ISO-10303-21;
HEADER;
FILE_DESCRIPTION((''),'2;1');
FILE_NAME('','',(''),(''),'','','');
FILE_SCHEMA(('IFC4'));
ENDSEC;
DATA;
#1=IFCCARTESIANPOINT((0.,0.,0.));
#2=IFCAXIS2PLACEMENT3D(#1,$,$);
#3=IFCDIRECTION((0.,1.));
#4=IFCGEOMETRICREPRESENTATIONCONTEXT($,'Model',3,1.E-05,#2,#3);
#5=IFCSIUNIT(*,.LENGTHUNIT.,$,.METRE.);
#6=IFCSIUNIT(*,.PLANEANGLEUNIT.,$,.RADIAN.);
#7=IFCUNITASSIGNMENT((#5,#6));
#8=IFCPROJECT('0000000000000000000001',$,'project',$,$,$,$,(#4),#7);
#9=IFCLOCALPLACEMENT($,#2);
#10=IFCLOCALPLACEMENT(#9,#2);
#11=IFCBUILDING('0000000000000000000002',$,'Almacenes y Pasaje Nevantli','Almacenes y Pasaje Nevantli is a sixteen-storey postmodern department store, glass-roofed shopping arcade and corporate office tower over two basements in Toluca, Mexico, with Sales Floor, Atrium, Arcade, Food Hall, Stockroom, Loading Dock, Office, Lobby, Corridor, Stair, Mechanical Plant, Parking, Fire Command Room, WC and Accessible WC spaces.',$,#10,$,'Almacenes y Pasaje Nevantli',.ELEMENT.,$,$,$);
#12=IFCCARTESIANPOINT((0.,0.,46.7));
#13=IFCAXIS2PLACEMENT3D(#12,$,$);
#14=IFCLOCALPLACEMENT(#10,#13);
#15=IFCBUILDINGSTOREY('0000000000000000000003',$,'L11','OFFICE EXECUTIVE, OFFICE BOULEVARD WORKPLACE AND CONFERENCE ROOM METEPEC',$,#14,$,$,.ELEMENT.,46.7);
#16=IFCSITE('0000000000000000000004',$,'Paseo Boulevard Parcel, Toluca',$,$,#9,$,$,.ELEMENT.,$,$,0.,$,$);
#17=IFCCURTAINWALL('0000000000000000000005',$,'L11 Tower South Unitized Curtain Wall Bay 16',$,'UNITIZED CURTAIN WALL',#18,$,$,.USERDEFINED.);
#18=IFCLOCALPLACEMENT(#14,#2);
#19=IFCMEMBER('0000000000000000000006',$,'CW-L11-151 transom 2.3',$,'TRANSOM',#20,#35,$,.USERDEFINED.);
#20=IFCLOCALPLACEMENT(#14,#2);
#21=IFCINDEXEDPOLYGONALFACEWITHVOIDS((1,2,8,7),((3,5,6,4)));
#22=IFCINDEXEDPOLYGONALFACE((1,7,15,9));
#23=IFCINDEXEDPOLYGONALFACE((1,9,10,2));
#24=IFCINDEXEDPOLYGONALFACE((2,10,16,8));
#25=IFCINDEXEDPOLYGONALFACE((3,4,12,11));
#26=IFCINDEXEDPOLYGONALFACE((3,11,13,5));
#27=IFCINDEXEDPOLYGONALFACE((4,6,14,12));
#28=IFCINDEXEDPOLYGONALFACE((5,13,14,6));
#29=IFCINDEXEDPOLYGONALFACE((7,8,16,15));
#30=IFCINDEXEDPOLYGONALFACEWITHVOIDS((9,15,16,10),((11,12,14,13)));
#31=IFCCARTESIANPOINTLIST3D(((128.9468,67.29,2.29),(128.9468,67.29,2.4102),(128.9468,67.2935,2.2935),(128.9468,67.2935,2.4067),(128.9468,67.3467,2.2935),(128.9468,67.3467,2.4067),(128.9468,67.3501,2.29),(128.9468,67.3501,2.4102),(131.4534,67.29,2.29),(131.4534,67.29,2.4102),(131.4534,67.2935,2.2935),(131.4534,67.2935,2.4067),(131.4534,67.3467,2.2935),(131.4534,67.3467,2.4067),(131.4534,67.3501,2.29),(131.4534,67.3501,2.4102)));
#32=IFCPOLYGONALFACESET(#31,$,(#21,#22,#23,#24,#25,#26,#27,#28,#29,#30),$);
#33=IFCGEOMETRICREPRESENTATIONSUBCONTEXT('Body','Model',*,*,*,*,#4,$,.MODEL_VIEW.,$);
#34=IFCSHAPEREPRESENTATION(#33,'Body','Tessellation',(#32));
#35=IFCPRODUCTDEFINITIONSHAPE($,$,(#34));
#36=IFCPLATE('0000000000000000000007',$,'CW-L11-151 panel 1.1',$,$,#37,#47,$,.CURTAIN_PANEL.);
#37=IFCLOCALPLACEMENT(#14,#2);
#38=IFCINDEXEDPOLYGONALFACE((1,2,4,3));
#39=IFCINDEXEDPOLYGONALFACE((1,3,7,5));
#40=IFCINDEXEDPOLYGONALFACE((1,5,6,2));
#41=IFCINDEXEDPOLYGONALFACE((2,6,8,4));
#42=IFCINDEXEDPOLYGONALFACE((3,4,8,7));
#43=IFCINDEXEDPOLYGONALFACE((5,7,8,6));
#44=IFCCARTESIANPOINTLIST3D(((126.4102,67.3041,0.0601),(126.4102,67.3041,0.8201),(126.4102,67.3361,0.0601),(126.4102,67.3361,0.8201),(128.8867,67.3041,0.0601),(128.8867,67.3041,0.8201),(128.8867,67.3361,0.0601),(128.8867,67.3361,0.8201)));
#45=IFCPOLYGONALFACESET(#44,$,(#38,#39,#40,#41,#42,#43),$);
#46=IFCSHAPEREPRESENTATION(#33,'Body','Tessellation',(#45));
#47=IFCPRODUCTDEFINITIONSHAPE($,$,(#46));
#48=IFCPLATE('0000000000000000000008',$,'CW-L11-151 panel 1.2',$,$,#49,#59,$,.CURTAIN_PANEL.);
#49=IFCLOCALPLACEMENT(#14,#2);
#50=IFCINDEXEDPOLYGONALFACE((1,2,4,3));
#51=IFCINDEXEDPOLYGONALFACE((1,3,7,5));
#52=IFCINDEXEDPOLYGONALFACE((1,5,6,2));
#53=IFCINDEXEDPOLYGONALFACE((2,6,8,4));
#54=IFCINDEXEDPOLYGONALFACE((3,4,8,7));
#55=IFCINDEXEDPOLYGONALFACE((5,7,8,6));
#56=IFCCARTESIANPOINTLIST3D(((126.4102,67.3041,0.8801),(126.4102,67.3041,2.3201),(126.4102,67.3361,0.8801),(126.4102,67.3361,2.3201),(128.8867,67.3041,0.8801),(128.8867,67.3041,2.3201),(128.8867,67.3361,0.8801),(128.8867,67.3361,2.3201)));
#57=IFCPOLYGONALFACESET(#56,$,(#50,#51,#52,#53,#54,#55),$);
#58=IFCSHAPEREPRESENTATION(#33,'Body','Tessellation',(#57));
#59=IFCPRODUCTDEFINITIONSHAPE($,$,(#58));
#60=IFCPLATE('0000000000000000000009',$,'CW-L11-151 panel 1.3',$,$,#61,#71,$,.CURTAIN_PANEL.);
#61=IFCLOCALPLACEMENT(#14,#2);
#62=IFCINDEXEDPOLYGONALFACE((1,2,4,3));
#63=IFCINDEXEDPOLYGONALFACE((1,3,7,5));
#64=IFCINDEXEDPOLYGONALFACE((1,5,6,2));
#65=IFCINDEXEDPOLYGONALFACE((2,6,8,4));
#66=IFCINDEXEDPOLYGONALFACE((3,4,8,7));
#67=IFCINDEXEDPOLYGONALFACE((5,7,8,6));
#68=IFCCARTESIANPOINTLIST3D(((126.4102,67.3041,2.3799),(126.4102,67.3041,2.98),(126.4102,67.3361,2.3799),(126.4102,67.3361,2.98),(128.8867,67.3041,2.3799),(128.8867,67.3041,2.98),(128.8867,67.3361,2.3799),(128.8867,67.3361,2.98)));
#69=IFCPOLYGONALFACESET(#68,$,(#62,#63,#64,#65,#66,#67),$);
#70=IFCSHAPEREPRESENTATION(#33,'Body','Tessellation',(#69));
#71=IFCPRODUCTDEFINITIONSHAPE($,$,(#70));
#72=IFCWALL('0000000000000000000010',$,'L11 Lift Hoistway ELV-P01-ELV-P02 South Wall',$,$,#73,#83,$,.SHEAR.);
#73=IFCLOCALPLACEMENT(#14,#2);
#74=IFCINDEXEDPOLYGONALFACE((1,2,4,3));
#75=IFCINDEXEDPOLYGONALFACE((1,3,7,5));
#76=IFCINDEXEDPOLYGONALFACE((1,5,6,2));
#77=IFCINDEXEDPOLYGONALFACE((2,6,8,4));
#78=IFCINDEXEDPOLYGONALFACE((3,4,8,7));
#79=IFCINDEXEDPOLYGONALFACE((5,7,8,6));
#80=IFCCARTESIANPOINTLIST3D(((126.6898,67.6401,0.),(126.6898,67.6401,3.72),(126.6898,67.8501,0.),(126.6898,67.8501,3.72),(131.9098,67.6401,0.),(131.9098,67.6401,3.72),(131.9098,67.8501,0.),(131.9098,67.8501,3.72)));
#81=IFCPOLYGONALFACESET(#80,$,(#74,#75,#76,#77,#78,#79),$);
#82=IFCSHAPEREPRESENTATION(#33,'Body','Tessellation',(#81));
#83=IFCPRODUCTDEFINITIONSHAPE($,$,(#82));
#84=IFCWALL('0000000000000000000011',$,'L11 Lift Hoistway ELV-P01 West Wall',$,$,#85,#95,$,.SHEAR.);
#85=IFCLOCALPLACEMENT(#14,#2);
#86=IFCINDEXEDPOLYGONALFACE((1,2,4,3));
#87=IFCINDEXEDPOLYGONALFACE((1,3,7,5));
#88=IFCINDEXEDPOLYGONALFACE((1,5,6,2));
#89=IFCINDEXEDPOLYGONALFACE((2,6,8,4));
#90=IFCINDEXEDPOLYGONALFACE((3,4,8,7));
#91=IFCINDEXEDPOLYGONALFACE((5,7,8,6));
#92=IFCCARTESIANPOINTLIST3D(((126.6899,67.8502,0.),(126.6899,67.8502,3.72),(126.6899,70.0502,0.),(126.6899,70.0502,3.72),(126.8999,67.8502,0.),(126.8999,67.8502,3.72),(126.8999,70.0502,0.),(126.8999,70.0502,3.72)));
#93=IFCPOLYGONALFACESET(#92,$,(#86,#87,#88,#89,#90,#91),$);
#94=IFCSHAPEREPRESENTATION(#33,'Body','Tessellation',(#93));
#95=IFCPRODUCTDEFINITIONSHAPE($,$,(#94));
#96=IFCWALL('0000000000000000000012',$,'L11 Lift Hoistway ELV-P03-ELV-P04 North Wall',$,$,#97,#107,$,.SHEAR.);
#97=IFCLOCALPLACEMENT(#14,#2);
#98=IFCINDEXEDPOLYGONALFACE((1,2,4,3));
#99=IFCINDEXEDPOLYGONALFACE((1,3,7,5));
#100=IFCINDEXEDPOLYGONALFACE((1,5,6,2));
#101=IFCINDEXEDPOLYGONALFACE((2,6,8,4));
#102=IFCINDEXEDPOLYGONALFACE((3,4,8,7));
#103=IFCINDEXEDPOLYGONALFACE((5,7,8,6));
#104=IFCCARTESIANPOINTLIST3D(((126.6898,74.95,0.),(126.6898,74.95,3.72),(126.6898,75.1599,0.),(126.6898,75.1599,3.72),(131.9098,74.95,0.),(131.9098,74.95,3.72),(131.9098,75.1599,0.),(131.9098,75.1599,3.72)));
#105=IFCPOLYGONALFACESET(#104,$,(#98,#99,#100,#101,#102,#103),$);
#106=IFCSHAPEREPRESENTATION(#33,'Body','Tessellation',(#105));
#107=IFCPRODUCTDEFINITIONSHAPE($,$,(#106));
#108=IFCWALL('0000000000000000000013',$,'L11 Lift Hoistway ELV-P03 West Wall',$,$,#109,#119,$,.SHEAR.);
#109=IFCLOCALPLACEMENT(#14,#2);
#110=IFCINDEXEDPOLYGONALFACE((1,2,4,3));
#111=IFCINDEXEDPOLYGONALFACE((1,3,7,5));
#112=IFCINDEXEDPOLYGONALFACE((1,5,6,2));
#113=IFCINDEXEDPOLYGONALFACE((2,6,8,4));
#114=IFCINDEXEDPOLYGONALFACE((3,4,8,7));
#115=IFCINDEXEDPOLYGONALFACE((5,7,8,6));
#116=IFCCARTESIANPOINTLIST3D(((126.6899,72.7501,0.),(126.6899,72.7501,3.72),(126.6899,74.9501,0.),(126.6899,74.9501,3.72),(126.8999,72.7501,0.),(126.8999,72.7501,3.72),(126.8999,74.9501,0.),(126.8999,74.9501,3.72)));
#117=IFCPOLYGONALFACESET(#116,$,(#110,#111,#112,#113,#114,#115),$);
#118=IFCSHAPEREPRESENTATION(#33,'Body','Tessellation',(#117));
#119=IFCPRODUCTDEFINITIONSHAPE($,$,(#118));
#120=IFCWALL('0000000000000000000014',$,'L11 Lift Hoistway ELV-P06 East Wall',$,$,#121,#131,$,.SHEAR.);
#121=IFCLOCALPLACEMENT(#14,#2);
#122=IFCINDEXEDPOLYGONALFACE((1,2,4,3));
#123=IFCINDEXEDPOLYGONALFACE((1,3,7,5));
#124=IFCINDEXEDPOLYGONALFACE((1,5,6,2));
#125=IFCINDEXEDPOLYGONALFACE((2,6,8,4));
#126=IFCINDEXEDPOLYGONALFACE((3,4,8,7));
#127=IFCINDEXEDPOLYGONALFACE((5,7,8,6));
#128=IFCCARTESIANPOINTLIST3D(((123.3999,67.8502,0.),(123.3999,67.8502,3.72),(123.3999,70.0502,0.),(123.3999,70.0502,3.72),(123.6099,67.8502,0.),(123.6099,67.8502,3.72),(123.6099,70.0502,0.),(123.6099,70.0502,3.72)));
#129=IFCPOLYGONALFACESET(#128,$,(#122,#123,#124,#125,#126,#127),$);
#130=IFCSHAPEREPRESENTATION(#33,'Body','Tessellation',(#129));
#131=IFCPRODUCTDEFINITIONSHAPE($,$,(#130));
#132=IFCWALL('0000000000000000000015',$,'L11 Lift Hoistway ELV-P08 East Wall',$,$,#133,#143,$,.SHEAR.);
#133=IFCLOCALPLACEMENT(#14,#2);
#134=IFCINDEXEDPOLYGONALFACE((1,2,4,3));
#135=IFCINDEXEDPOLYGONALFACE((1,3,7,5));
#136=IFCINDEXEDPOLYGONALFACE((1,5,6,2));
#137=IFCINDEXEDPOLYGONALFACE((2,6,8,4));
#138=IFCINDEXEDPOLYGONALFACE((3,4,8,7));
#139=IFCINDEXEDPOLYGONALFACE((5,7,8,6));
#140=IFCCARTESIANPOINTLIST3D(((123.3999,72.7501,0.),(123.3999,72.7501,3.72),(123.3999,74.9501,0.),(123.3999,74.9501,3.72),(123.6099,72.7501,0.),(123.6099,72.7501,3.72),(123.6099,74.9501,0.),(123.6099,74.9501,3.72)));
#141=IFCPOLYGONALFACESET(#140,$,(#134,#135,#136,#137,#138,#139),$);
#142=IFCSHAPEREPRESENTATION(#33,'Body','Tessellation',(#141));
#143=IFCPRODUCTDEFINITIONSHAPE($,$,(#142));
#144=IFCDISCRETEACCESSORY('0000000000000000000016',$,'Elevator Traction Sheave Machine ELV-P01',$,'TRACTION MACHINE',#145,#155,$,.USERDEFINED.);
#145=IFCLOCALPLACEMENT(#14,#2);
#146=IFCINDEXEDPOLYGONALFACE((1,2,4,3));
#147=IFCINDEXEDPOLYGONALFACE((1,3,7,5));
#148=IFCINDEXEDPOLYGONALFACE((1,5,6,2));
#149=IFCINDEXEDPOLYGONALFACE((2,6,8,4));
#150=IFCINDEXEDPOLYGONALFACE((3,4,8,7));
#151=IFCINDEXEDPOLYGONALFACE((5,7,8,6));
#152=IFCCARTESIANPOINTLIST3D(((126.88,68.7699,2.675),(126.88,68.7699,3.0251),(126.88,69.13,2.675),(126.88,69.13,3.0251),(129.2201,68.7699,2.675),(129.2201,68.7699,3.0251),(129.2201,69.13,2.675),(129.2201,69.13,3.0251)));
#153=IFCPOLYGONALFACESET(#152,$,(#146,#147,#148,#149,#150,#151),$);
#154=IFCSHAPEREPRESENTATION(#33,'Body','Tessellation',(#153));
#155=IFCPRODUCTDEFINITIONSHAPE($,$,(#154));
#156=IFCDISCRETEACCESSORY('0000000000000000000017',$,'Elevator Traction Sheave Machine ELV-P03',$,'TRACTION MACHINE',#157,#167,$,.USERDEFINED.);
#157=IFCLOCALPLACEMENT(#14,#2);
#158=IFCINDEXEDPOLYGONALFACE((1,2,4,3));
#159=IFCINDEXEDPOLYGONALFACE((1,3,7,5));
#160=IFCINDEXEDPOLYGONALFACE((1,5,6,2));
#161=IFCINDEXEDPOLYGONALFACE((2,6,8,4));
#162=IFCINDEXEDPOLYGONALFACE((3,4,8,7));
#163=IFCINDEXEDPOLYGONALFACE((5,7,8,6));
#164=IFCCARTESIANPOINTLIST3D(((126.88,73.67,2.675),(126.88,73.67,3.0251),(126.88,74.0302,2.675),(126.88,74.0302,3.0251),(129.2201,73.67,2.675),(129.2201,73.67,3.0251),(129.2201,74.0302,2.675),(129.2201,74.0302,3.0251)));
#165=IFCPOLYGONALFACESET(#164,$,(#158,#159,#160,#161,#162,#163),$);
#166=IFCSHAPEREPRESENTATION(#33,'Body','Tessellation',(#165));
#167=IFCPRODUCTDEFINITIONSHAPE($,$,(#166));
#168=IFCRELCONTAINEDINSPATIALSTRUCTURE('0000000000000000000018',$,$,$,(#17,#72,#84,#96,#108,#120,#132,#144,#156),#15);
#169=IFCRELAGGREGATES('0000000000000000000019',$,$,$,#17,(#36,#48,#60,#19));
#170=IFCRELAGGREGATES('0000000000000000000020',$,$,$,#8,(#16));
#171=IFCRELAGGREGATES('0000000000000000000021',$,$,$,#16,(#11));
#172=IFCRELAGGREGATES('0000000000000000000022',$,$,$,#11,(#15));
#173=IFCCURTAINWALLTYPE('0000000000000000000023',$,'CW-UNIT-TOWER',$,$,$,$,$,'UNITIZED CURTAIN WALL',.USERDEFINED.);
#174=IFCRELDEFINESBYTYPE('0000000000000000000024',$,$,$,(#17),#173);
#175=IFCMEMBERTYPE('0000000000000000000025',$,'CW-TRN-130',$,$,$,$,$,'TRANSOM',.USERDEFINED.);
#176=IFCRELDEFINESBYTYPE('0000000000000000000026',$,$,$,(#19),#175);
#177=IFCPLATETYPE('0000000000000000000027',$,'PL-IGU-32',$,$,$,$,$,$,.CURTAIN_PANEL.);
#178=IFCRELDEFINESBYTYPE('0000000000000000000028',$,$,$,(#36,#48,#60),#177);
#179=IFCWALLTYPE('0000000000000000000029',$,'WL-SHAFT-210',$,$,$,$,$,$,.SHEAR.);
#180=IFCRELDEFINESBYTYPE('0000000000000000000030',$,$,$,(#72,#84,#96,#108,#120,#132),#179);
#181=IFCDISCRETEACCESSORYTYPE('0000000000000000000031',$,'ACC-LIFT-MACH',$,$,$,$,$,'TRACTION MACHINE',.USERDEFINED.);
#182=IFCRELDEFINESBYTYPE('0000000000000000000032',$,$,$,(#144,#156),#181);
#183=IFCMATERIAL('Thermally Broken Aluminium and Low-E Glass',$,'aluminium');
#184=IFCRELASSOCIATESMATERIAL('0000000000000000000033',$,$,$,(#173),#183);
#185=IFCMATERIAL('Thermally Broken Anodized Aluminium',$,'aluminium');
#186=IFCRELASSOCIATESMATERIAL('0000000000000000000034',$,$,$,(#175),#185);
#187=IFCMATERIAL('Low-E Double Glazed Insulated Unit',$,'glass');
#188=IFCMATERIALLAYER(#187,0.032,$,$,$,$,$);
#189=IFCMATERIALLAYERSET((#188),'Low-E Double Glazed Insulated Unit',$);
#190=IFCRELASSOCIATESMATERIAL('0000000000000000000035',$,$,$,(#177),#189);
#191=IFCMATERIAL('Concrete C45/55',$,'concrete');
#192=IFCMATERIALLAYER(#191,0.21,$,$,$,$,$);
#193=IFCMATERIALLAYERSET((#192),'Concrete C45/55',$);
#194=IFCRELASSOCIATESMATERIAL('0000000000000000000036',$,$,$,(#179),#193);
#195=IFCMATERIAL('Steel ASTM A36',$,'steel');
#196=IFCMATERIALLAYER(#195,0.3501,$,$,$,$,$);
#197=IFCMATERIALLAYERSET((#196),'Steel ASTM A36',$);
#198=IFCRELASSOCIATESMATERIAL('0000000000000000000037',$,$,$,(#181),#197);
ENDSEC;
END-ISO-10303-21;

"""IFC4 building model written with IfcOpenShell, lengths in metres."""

from ifc_helpers import new_model, si_unit, direction, frame, frame_2d, origin, origin_2d, place, context, subcontext, project, spatial, rectangle, hollow_rectangle, extrude, material, layer, layer_set, material_profile, profile_set, type_object, element, aggregate, save


model = new_model("IFC4")

# Units and contexts
model_context = context("Model", 3, precision=1e-05, world=origin(), true_north=direction((0.0, 1.0)))
body_context = subcontext(model_context, "Body", "Model", "MODEL_VIEW")
ifc_project = project(units=[si_unit("LENGTHUNIT", "METRE"), si_unit("PLANEANGLEUNIT", "RADIAN")], contexts=[model_context])

# Site, building, storey
site_placement = place(None, origin())
site = spatial("IfcSite", under=ifc_project, at=site_placement, Name="Paseo Boulevard Parcel, Toluca", CompositionType="ELEMENT", RefElevation=0.0)
building_placement = place(site_placement, origin())
building = spatial("IfcBuilding", under=site, at=building_placement, Name="Almacenes y Pasaje Nevantli", Description="Almacenes y Pasaje Nevantli is a sixteen-storey postmodern department store, glass-roofed shopping arcade and corporate office tower over two basements in Toluca, Mexico, with Sales Floor, Atrium, Arcade, Food Hall, Stockroom, Loading Dock, Office, Lobby, Corridor, Stair, Mechanical Plant, Parking, Fire Command Room, WC and Accessible WC spaces.", LongName="Almacenes y Pasaje Nevantli", CompositionType="ELEMENT")
storey_placement = place(building_placement, frame((0.0, 0.0, 46.7)))
storey = spatial("IfcBuildingStorey", under=building, at=storey_placement, Name="L11", Description="OFFICE EXECUTIVE, OFFICE BOULEVARD WORKPLACE AND CONFERENCE ROOM METEPEC", CompositionType="ELEMENT", Elevation=46.7)

# Curtain wall, member, plates
ifc_material_1 = material(Name="Thermally Broken Aluminium and Low-E Glass", Category="aluminium")
curtain_wall_type = type_object("IfcCurtainWallType", Name="CW-UNIT-TOWER", ElementType="UNITIZED CURTAIN WALL", PredefinedType="USERDEFINED", material=ifc_material_1)
curtain_wall_placement = place(storey_placement, origin())
curtain_wall = element("IfcCurtainWall", 1, at=curtain_wall_placement, inside=storey, type_object=curtain_wall_type, Name="L11 Tower South Unitized Curtain Wall Bay 16", ObjectType="UNITIZED CURTAIN WALL", PredefinedType="USERDEFINED")
ifc_material_2 = material(Name="Thermally Broken Anodized Aluminium", Category="aluminium")
ifc_material_profile_1 = material_profile(ifc_material_2, hollow_rectangle(XDim=0.0601, YDim=0.1201, WallThickness=0.0034, at=origin_2d()), Name="ALU-TRN-60x120")
ifc_profile_set_1 = profile_set([ifc_material_profile_1], Name="Thermally Broken Anodized Aluminium")
member_type_1 = type_object("IfcMemberType", Name="CW-TRN-130", ElementType="TRANSOM", PredefinedType="USERDEFINED", material=ifc_profile_set_1)
member_1_placement = place(storey_placement, frame((128.9468, 67.3201, 2.3501), z_axis=(1.0, 0.0, 0.0), x_axis=(0.0, 1.0, 0.0)))
member_1 = element("IfcMember", 2, at=member_1_placement, type_object=member_type_1, Name="CW-L11-151 transom 2.3", ObjectType="TRANSOM", PredefinedType="USERDEFINED", context=body_context, shape_type="SweptSolid", body=[
    extrude(hollow_rectangle(XDim=0.0601, YDim=0.1201, WallThickness=0.0034, at=origin_2d()), origin(), (0.0, 0.0, 1.0), 2.5066),
])
ifc_material_3 = material(Name="Low-E Double Glazed Insulated Unit", Category="glass")
ifc_layer_1 = layer(ifc_material_3, 0.032)
ifc_layer_set_1 = layer_set([ifc_layer_1], Name="Low-E Double Glazed Insulated Unit")
plate_type = type_object("IfcPlateType", Name="PL-IGU-32", PredefinedType="CURTAIN_PANEL", material=ifc_layer_set_1)
plate_1_placement = place(storey_placement, frame((127.6484, 67.3201, 0.0601), z_axis=(0.0, 0.0, 1.0), x_axis=(1.0, 0.0, 0.0)))
plate_1 = element("IfcPlate", 3, at=plate_1_placement, type_object=plate_type, Name="CW-L11-151 panel 1.1", PredefinedType="CURTAIN_PANEL", context=body_context, shape_type="SweptSolid", body=[
    extrude(rectangle(XDim=2.4766, YDim=0.032, at=origin_2d()), origin(), (0.0, 0.0, 1.0), 0.76),
])
plate_2_placement = place(storey_placement, frame((127.6484, 67.3201, 0.8801), z_axis=(0.0, 0.0, 1.0), x_axis=(1.0, 0.0, 0.0)))
plate_2 = element("IfcPlate", 4, at=plate_2_placement, type_object=plate_type, Name="CW-L11-151 panel 1.2", PredefinedType="CURTAIN_PANEL", context=body_context, shape_type="SweptSolid", body=[
    extrude(rectangle(XDim=2.4766, YDim=0.032, at=origin_2d()), origin(), (0.0, 0.0, 1.0), 1.4399),
])
plate_3_placement = place(storey_placement, frame((127.6484, 67.3201, 2.3799), z_axis=(0.0, 0.0, 1.0), x_axis=(1.0, 0.0, 0.0)))
plate_3 = element("IfcPlate", 5, at=plate_3_placement, type_object=plate_type, Name="CW-L11-151 panel 1.3", PredefinedType="CURTAIN_PANEL", context=body_context, shape_type="SweptSolid", body=[
    extrude(rectangle(XDim=2.4766, YDim=0.032, at=origin_2d()), origin(), (0.0, 0.0, 1.0), 0.6001),
])
aggregate(curtain_wall, [plate_1, plate_2, plate_3, member_1])

# Wall
ifc_material_4 = material(Name="Concrete C45/55", Category="concrete")
ifc_layer_2 = layer(ifc_material_4, 0.21)
ifc_layer_set_2 = layer_set([ifc_layer_2], Name="Concrete C45/55")
wall_type = type_object("IfcWallType", Name="WL-SHAFT-210", PredefinedType="SHEAR", material=ifc_layer_set_2)
wall_1_placement = place(storey_placement, frame((126.6899, 67.7451, 0.0), z_axis=(0.0, 0.0, 1.0), x_axis=(1.0, 0.0, 0.0)))
element("IfcWall", 6, at=wall_1_placement, inside=storey, type_object=wall_type, Name="L11 Lift Hoistway ELV-P01-ELV-P02 South Wall", PredefinedType="SHEAR", context=body_context, shape_type="SweptSolid", body=[
    extrude(rectangle(XDim=5.22, YDim=0.21, at=frame_2d((2.6099, 0.0))), origin(), (0.0, 0.0, 1.0), 3.72),
])

# Wall
wall_2_placement = place(storey_placement, frame((126.7949, 67.8501, 0.0), z_axis=(0.0, 0.0, 1.0), x_axis=(0.0, 1.0, 0.0)))
element("IfcWall", 7, at=wall_2_placement, inside=storey, type_object=wall_type, Name="L11 Lift Hoistway ELV-P01 West Wall", PredefinedType="SHEAR", context=body_context, shape_type="SweptSolid", body=[
    extrude(rectangle(XDim=2.2, YDim=0.21, at=frame_2d((1.1001, 0.0))), origin(), (0.0, 0.0, 1.0), 3.72),
])

# Walls
wall_3_placement = place(storey_placement, frame((126.6899, 75.0549, 0.0), z_axis=(0.0, 0.0, 1.0), x_axis=(1.0, 0.0, 0.0)))
element("IfcWall", 8, at=wall_3_placement, inside=storey, type_object=wall_type, Name="L11 Lift Hoistway ELV-P03-ELV-P04 North Wall", PredefinedType="SHEAR", context=body_context, shape_type="SweptSolid", body=[
    extrude(rectangle(XDim=5.22, YDim=0.21, at=frame_2d((2.6099, 0.0))), origin(), (0.0, 0.0, 1.0), 3.72),
])
for number, where, z_axis, x_axis, name in (
    (9, (126.7949, 72.75, 0.0), (0.0, 0.0, 1.0), (0.0, 1.0, 0.0), "L11 Lift Hoistway ELV-P03 West Wall"),
    (10, (123.5049, 67.8501, 0.0), (0.0, 0.0, 1.0), (0.0, 1.0, 0.0), "L11 Lift Hoistway ELV-P06 East Wall"),
    (11, (123.5049, 72.75, 0.0), (0.0, 0.0, 1.0), (0.0, 1.0, 0.0), "L11 Lift Hoistway ELV-P08 East Wall"),
):
    element("IfcWall", number, at=place(storey_placement, frame(where, z_axis=z_axis, x_axis=x_axis)), inside=storey, type_object=wall_type, Name=name, PredefinedType="SHEAR", context=body_context, shape_type="SweptSolid", body=[
        extrude(rectangle(XDim=2.2, YDim=0.21, at=frame_2d((1.1001, 0.0))), origin(), (0.0, 0.0, 1.0), 3.72),
    ])

# Discrete accessories
ifc_material_5 = material(Name="Steel ASTM A36", Category="steel")
ifc_layer_3 = layer(ifc_material_5, 0.3501)
ifc_layer_set_3 = layer_set([ifc_layer_3], Name="Steel ASTM A36")
discrete_accessory_type = type_object("IfcDiscreteAccessoryType", Name="ACC-LIFT-MACH", ElementType="TRACTION MACHINE", PredefinedType="USERDEFINED", material=ifc_layer_set_3)
for number, where, z_axis, x_axis, name in (
    (12, (128.05, 68.95, 2.675), (0.0, 0.0, 1.0), (1.0, 0.0, 0.0), "Elevator Traction Sheave Machine ELV-P01"),
    (13, (128.05, 73.8501, 2.675), (0.0, 0.0, 1.0), (1.0, 0.0, 0.0), "Elevator Traction Sheave Machine ELV-P03"),
):
    element("IfcDiscreteAccessory", number, at=place(storey_placement, frame(where, z_axis=z_axis, x_axis=x_axis)), inside=storey, type_object=discrete_accessory_type, Name=name, ObjectType="TRACTION MACHINE", PredefinedType="USERDEFINED", context=body_context, shape_type="SweptSolid", body=[
        extrude(rectangle(XDim=2.3401, YDim=0.3601, at=origin_2d()), origin(), (0.0, 0.0, 1.0), 0.3501),
    ])

save(model, "model.ifc")
